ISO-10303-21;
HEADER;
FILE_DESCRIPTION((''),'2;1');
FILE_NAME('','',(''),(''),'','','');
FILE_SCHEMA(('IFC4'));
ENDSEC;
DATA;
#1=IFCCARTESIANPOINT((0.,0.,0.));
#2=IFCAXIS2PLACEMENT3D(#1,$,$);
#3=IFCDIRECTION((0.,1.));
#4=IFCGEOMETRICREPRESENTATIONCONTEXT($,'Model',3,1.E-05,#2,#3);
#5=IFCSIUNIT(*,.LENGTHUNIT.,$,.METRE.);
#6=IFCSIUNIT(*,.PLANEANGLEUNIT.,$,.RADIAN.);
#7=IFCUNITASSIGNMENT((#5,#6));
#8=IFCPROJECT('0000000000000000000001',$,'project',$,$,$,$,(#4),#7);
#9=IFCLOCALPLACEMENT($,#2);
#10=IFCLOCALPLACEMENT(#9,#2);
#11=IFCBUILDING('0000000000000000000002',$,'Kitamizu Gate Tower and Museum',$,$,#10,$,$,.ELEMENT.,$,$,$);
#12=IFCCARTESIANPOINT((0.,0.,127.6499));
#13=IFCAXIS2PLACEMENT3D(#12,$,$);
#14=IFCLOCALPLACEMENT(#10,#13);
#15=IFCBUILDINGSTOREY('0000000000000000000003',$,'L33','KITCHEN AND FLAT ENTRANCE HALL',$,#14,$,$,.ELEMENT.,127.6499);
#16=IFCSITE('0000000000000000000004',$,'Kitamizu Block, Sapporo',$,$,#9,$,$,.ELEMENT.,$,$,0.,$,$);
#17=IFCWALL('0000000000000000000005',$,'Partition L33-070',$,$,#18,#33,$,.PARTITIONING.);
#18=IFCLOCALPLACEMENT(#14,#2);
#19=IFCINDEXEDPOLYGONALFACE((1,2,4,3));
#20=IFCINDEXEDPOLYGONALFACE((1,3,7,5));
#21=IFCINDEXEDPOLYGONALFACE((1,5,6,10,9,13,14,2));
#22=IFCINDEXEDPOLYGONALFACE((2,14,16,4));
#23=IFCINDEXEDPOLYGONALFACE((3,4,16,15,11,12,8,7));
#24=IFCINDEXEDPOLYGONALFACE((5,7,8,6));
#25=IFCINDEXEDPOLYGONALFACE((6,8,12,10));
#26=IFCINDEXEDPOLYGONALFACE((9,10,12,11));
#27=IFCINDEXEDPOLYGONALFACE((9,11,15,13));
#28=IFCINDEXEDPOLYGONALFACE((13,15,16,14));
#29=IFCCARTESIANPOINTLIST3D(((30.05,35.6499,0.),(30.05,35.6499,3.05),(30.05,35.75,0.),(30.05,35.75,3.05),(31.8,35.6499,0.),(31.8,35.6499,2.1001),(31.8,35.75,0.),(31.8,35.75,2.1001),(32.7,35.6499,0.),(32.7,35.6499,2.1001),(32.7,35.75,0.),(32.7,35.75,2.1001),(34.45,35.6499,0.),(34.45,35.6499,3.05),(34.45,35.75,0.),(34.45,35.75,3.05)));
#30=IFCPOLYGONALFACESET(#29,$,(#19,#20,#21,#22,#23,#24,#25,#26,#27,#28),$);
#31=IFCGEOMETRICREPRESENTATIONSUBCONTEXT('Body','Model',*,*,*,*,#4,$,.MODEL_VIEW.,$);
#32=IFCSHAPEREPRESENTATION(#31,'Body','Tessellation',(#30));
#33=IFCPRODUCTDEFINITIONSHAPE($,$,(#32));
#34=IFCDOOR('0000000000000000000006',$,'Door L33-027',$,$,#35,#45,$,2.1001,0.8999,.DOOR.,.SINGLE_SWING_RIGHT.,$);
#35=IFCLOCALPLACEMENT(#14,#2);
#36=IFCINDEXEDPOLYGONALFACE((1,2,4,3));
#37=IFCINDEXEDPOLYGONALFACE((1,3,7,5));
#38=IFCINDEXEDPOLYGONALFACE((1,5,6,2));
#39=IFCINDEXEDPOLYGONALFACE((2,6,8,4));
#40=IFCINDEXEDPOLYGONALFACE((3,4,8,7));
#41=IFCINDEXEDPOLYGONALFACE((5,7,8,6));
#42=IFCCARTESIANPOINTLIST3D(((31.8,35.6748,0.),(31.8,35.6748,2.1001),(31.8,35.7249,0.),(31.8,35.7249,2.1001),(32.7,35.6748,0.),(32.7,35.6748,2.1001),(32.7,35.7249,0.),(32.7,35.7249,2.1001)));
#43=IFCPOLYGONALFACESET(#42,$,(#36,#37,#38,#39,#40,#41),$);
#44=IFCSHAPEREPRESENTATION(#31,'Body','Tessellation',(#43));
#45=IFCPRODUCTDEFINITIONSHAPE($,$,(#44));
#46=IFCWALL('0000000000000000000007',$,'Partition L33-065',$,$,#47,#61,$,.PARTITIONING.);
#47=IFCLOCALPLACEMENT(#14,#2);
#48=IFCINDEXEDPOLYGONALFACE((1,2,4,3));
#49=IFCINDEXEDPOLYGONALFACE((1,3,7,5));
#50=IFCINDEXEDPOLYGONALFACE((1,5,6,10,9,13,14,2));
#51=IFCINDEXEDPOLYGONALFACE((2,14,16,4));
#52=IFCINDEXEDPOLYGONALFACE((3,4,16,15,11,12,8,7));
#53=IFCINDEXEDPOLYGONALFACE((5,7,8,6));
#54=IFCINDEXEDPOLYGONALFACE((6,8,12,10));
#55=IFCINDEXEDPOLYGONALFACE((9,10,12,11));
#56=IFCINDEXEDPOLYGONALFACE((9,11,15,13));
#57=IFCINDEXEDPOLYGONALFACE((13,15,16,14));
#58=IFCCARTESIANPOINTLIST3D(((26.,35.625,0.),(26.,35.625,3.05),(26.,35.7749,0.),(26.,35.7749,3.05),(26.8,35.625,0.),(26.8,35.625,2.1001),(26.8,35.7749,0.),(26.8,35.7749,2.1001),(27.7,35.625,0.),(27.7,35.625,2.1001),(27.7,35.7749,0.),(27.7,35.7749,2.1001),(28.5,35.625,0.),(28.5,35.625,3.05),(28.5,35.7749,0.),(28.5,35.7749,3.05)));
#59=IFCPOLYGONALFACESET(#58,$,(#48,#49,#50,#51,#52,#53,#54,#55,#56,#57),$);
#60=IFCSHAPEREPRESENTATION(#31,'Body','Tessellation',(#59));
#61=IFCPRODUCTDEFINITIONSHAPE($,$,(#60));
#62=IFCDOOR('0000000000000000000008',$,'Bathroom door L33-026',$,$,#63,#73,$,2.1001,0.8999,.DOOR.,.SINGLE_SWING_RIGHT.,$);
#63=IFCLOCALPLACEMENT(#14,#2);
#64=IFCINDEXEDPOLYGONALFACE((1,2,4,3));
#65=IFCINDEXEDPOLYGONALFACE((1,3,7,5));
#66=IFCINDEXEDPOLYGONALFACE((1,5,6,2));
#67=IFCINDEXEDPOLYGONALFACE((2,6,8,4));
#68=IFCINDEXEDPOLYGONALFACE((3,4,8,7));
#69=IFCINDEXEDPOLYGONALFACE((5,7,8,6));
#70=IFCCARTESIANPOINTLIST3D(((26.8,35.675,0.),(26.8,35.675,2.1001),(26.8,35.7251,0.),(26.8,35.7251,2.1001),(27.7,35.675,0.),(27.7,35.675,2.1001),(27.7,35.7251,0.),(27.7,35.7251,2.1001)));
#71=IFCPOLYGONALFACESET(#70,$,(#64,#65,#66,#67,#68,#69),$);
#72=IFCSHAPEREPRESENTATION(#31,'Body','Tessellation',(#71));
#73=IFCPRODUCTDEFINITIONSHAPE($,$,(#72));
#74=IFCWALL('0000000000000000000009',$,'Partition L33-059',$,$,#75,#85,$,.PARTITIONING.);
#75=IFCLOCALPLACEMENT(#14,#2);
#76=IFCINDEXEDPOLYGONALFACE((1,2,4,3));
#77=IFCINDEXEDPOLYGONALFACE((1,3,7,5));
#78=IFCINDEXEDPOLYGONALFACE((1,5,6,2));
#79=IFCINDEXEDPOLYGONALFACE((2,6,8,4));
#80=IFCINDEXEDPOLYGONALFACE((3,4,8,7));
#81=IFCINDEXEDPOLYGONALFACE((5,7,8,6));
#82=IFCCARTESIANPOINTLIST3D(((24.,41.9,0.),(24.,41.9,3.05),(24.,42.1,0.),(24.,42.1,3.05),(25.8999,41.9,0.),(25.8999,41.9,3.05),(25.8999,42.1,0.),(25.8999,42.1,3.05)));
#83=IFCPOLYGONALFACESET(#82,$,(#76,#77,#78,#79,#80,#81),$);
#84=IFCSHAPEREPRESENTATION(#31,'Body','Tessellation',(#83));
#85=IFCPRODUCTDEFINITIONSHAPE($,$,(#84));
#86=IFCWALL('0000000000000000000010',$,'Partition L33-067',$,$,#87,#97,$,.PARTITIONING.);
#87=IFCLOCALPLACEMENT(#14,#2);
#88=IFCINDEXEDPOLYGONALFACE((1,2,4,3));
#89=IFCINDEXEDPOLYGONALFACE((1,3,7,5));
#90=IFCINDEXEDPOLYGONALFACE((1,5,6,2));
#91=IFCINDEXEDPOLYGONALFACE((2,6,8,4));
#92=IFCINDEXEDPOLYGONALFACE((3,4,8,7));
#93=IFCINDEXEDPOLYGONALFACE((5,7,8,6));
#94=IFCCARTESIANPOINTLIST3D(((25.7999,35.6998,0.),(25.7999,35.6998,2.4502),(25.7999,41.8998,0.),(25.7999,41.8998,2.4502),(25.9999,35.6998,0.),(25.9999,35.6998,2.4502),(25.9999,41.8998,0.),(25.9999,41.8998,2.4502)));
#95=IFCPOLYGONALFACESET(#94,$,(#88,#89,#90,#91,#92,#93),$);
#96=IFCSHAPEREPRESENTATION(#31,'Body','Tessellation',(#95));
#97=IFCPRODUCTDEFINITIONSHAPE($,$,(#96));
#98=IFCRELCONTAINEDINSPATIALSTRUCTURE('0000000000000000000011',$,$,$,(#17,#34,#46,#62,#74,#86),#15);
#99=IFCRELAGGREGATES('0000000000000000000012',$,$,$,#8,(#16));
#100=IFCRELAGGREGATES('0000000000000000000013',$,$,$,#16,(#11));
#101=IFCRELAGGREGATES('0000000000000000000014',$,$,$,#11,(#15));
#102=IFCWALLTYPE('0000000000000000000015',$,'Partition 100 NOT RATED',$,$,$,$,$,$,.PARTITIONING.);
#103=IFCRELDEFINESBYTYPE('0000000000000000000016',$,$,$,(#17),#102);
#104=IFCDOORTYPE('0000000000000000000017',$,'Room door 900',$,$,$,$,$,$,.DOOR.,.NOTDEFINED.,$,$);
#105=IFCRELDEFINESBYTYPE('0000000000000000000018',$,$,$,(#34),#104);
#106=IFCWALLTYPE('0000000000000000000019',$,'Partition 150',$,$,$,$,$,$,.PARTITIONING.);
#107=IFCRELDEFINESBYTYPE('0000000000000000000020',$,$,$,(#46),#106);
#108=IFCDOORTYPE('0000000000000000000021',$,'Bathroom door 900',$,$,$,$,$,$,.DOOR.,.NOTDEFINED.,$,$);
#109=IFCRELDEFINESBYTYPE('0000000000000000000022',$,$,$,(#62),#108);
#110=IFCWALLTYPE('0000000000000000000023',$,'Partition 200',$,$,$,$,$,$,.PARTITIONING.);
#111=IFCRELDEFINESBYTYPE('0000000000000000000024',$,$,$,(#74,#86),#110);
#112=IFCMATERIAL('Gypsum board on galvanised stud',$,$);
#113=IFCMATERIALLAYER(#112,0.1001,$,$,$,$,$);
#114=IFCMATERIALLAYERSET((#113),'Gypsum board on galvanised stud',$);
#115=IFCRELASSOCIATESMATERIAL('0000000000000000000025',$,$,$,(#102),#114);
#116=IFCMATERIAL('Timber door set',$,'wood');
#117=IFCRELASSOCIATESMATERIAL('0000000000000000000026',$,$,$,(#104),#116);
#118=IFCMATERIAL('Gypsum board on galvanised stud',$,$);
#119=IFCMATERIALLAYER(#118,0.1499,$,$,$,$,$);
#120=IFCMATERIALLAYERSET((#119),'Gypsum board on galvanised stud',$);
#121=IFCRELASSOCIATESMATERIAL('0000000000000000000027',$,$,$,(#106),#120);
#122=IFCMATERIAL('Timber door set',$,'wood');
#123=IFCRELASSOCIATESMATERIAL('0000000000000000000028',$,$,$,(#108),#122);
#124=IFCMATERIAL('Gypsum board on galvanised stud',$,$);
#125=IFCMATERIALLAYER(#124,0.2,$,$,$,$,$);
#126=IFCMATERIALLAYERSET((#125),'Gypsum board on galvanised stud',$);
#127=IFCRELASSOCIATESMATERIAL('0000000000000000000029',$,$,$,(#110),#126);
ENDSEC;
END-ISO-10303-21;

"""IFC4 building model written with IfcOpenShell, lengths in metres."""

from ifc_helpers import new_model, si_unit, direction, frame, frame_2d, origin, place, context, subcontext, project, spatial, rectangle, extrude, material, layer, layer_set, type_object, element, fill, save


model = new_model("IFC4")

# Units and contexts
model_context = context("Model", 3, precision=1e-05, world=origin(), true_north=direction((0.0, 1.0)))
body_context = subcontext(model_context, "Body", "Model", "MODEL_VIEW")
ifc_project = project(units=[si_unit("LENGTHUNIT", "METRE"), si_unit("PLANEANGLEUNIT", "RADIAN")], contexts=[model_context])

# Site, building, storey
site_placement = place(None, origin())
site = spatial("IfcSite", under=ifc_project, at=site_placement, Name="Kitamizu Block, Sapporo", CompositionType="ELEMENT", RefElevation=0.0)
building_placement = place(site_placement, origin())
building = spatial("IfcBuilding", under=site, at=building_placement, Name="Kitamizu Gate Tower and Museum", CompositionType="ELEMENT")
storey_placement = place(building_placement, frame((0.0, 0.0, 127.6499)))
storey = spatial("IfcBuildingStorey", under=building, at=storey_placement, Name="L33", Description="KITCHEN AND FLAT ENTRANCE HALL", CompositionType="ELEMENT", Elevation=127.6499)

# Shared definitions
ifc_material_1 = material(Name="Gypsum board on galvanised stud")
ifc_layer_1 = layer(ifc_material_1, 0.1001)
ifc_layer_set_1 = layer_set([ifc_layer_1], Name="Gypsum board on galvanised stud")
wall_type_1 = type_object("IfcWallType", Name="Partition 100 NOT RATED", PredefinedType="PARTITIONING", material=ifc_layer_set_1)
ifc_material_2 = material(Name="Timber door set", Category="wood")
door_type_1 = type_object("IfcDoorType", Name="Room door 900", OperationType="NOTDEFINED", PredefinedType="DOOR", material=ifc_material_2)

# Walls, openings, doors
wall_1_placement = place(storey_placement, frame((30.05, 35.7, 0.0), z_axis=(0.0, 0.0, 1.0), x_axis=(1.0, 0.0, 0.0)))
wall_1 = element("IfcWall", 1, at=wall_1_placement, inside=storey, type_object=wall_type_1, Name="Partition L33-070", PredefinedType="PARTITIONING", context=body_context, shape_type="SweptSolid", body=[
    extrude(rectangle(XDim=4.3999, YDim=0.1001, at=frame_2d((2.2, 0.0))), origin(), (0.0, 0.0, 1.0), 3.05),
])
opening_1_placement = place(wall_1_placement, frame((1.75, 0.0, 0.0)))
opening_1 = element("IfcOpeningElement", 2, at=opening_1_placement, cuts=wall_1, PredefinedType="OPENING", context=body_context, shape_type="SweptSolid", body=[
    extrude(rectangle(XDim=0.8999, YDim=2.1001, at=frame_2d((0.45, 1.05))), frame((0.0, 0.0601, 0.0), z_axis=(0.0, -1.0, 0.0), x_axis=(1.0, 0.0, 0.0)), (0.0, 0.0, 1.0), 0.1201),
])
door_1_placement = place(opening_1_placement, origin())
door_1 = element("IfcDoor", 3, at=door_1_placement, inside=storey, type_object=door_type_1, Name="Door L33-027", OperationType="SINGLE_SWING_RIGHT", OverallHeight=2.1001, OverallWidth=0.8999, PredefinedType="DOOR", context=body_context, shape_type="SweptSolid", body=[
    extrude(rectangle(XDim=0.8999, YDim=2.1001, at=frame_2d((0.45, 1.05))), frame((0.0, 0.0249, 0.0), z_axis=(0.0, -1.0, 0.0), x_axis=(1.0, 0.0, 0.0)), (0.0, 0.0, 1.0), 0.05),
])
fill(opening_1, door_1)
ifc_material_3 = material(Name="Gypsum board on galvanised stud")
ifc_layer_2 = layer(ifc_material_3, 0.1499)
ifc_layer_set_2 = layer_set([ifc_layer_2], Name="Gypsum board on galvanised stud")
wall_type_2 = type_object("IfcWallType", Name="Partition 150", PredefinedType="PARTITIONING", material=ifc_layer_set_2)
wall_2_placement = place(storey_placement, frame((26.0, 35.7, 0.0), z_axis=(0.0, 0.0, 1.0), x_axis=(1.0, 0.0, 0.0)))
wall_2 = element("IfcWall", 4, at=wall_2_placement, inside=storey, type_object=wall_type_2, Name="Partition L33-065", PredefinedType="PARTITIONING", context=body_context, shape_type="SweptSolid", body=[
    extrude(rectangle(XDim=2.5, YDim=0.1499, at=frame_2d((1.25, 0.0))), origin(), (0.0, 0.0, 1.0), 3.05),
])
opening_2_placement = place(wall_2_placement, frame((0.8, 0.0, 0.0)))
opening_2 = element("IfcOpeningElement", 5, at=opening_2_placement, cuts=wall_2, PredefinedType="OPENING", context=body_context, shape_type="SweptSolid", body=[
    extrude(rectangle(XDim=0.8999, YDim=2.1001, at=frame_2d((0.45, 1.05))), frame((0.0, 0.085, 0.0), z_axis=(0.0, -1.0, 0.0), x_axis=(1.0, 0.0, 0.0)), (0.0, 0.0, 1.0), 0.1699),
])
ifc_material_4 = material(Name="Timber door set", Category="wood")
door_type_2 = type_object("IfcDoorType", Name="Bathroom door 900", OperationType="NOTDEFINED", PredefinedType="DOOR", material=ifc_material_4)
door_2_placement = place(opening_2_placement, frame((0.8999, 0.0, 0.0), x_axis=(-1.0, 0.0, 0.0)))
door_2 = element("IfcDoor", 6, at=door_2_placement, inside=storey, type_object=door_type_2, Name="Bathroom door L33-026", OperationType="SINGLE_SWING_RIGHT", OverallHeight=2.1001, OverallWidth=0.8999, PredefinedType="DOOR", context=body_context, shape_type="SweptSolid", body=[
    extrude(rectangle(XDim=0.8999, YDim=2.1001, at=frame_2d((0.45, 1.05))), frame((0.0, 0.0249, 0.0), z_axis=(0.0, -1.0, 0.0), x_axis=(1.0, 0.0, 0.0)), (0.0, 0.0, 1.0), 0.05),
])
fill(opening_2, door_2)

# Walls
ifc_material_5 = material(Name="Gypsum board on galvanised stud")
ifc_layer_3 = layer(ifc_material_5, 0.2)
ifc_layer_set_3 = layer_set([ifc_layer_3], Name="Gypsum board on galvanised stud")
wall_type_3 = type_object("IfcWallType", Name="Partition 200", PredefinedType="PARTITIONING", material=ifc_layer_set_3)
wall_3_placement = place(storey_placement, frame((24.0, 42.0, 0.0), z_axis=(0.0, 0.0, 1.0), x_axis=(1.0, 0.0, 0.0)))
element("IfcWall", 7, at=wall_3_placement, inside=storey, type_object=wall_type_3, Name="Partition L33-059", PredefinedType="PARTITIONING", context=body_context, shape_type="SweptSolid", body=[
    extrude(rectangle(XDim=1.8999, YDim=0.2, at=frame_2d((0.95, 0.0))), origin(), (0.0, 0.0, 1.0), 3.05),
])
wall_4_placement = place(storey_placement, frame((25.8999, 41.8999, 0.0), z_axis=(0.0, 0.0, 1.0), x_axis=(0.0, -1.0, 0.0)))
element("IfcWall", 8, at=wall_4_placement, inside=storey, type_object=wall_type_3, Name="Partition L33-067", PredefinedType="PARTITIONING", context=body_context, shape_type="SweptSolid", body=[
    extrude(rectangle(XDim=6.2, YDim=0.2, at=frame_2d((3.1001, 0.0))), origin(), (0.0, 0.0, 1.0), 2.4502),
])

save(model, "model.ifc")
